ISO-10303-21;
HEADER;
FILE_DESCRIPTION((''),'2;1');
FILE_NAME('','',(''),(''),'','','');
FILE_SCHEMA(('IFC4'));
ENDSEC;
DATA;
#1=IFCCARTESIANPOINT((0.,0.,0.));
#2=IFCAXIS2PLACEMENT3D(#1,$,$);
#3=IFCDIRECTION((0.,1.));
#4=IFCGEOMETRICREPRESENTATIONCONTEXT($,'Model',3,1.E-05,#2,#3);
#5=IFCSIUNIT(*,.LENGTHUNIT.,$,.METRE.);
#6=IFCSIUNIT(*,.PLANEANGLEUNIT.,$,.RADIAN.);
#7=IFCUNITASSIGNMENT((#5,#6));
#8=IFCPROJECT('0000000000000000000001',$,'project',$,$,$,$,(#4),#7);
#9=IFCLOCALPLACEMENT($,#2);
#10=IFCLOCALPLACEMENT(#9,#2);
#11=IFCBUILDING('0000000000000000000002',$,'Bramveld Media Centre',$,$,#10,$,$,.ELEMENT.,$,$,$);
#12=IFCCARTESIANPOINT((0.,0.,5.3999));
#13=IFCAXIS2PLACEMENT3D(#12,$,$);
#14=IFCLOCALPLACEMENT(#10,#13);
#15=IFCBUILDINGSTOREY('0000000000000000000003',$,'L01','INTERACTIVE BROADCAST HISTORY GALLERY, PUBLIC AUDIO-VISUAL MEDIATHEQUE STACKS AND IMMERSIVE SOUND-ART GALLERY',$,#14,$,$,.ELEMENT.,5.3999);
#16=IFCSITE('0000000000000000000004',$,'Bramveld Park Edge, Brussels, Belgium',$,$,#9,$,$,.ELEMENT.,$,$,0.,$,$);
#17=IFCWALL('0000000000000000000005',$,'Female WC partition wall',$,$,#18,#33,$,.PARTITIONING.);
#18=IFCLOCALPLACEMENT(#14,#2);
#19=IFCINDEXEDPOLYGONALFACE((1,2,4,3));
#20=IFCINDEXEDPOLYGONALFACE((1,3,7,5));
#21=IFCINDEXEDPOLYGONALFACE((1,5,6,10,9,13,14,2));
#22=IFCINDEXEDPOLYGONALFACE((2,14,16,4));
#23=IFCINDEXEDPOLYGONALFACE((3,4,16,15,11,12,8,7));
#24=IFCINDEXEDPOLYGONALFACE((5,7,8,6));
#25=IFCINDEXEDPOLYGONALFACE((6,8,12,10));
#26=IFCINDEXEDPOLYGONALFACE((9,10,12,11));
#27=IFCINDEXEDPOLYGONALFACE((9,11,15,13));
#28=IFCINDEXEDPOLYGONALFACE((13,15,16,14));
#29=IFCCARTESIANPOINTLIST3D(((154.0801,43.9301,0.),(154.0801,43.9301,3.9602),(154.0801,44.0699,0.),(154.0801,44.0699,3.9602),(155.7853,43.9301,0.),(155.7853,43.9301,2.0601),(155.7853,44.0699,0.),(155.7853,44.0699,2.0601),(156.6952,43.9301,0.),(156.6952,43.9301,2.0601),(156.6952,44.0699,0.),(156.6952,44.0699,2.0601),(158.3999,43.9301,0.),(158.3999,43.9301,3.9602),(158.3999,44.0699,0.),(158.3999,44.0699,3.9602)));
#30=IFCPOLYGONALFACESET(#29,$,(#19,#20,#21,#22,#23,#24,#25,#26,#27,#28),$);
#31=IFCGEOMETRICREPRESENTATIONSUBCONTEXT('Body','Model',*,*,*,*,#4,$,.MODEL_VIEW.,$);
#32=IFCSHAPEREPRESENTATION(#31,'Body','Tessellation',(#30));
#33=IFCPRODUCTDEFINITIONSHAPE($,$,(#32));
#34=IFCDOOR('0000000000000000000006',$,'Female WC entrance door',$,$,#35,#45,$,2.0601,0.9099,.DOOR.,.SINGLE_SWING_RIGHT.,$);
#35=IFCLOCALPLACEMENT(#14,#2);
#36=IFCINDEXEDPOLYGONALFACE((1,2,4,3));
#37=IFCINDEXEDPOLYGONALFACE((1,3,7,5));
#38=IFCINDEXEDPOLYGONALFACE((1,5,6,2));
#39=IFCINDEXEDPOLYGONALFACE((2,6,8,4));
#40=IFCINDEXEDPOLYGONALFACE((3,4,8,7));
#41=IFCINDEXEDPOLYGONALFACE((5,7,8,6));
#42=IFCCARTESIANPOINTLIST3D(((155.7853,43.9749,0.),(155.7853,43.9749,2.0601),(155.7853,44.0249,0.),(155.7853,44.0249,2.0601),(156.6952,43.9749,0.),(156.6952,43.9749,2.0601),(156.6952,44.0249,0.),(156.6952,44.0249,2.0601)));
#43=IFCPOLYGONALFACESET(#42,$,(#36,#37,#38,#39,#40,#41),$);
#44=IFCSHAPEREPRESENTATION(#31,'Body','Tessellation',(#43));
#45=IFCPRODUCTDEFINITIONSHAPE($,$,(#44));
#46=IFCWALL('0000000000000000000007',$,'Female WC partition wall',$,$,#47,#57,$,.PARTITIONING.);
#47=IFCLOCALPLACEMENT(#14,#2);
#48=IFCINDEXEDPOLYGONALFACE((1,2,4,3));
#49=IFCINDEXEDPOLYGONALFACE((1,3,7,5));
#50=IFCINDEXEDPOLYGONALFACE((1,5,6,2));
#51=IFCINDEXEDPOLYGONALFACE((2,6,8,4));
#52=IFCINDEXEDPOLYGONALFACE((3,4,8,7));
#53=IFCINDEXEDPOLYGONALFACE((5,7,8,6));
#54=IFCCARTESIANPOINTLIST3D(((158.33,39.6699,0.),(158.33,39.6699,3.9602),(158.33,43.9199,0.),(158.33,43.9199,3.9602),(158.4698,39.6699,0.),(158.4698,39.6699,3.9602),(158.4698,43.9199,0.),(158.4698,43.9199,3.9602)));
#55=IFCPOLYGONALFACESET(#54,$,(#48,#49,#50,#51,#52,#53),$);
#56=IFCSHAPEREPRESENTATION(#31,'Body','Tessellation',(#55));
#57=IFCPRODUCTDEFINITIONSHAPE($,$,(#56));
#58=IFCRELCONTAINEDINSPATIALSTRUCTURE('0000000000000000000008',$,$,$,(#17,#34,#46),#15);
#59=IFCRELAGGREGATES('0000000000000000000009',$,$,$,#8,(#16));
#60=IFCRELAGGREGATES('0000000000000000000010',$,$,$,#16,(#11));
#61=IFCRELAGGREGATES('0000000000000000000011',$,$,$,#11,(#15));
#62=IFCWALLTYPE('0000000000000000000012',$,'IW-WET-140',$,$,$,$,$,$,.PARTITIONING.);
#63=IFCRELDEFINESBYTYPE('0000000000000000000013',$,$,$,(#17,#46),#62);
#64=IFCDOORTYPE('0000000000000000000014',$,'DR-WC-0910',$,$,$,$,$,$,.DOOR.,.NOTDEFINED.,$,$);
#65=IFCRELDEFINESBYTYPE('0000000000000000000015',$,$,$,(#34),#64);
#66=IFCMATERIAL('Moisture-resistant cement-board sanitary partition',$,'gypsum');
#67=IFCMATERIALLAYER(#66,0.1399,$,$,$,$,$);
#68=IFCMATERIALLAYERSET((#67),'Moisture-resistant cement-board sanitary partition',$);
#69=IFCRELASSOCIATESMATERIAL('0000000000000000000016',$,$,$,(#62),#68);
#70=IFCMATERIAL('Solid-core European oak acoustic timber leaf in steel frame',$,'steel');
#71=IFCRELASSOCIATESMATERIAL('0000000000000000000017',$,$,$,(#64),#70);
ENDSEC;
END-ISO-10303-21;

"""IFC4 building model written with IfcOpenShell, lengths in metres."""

from ifc_helpers import new_model, si_unit, direction, frame, frame_2d, origin, place, context, subcontext, project, spatial, rectangle, extrude, material, layer, layer_set, type_object, element, fill, save


model = new_model("IFC4")

# Units and contexts
model_context = context("Model", 3, precision=1e-05, world=origin(), true_north=direction((0.0, 1.0)))
body_context = subcontext(model_context, "Body", "Model", "MODEL_VIEW")
ifc_project = project(units=[si_unit("LENGTHUNIT", "METRE"), si_unit("PLANEANGLEUNIT", "RADIAN")], contexts=[model_context])

# Site, building, storey
site_placement = place(None, origin())
site = spatial("IfcSite", under=ifc_project, at=site_placement, Name="Bramveld Park Edge, Brussels, Belgium", CompositionType="ELEMENT", RefElevation=0.0)
building_placement = place(site_placement, origin())
building = spatial("IfcBuilding", under=site, at=building_placement, Name="Bramveld Media Centre", CompositionType="ELEMENT")
storey_placement = place(building_placement, frame((0.0, 0.0, 5.3999)))
storey = spatial("IfcBuildingStorey", under=building, at=storey_placement, Name="L01", Description="INTERACTIVE BROADCAST HISTORY GALLERY, PUBLIC AUDIO-VISUAL MEDIATHEQUE STACKS AND IMMERSIVE SOUND-ART GALLERY", CompositionType="ELEMENT", Elevation=5.3999)

# Shared definitions
ifc_material_1 = material(Name="Moisture-resistant cement-board sanitary partition", Category="gypsum")
ifc_layer_1 = layer(ifc_material_1, 0.1399)
ifc_layer_set_1 = layer_set([ifc_layer_1], Name="Moisture-resistant cement-board sanitary partition")
wall_type_1 = type_object("IfcWallType", Name="IW-WET-140", PredefinedType="PARTITIONING", material=ifc_layer_set_1)

# Wall, opening, door
wall_1_placement = place(storey_placement, frame((154.0801, 44.0, 0.0), z_axis=(0.0, 0.0, 1.0), x_axis=(1.0, 0.0, 0.0)))
wall_1 = element("IfcWall", 1, at=wall_1_placement, inside=storey, type_object=wall_type_1, Name="Female WC partition wall", PredefinedType="PARTITIONING", context=body_context, shape_type="SweptSolid", body=[
    extrude(rectangle(XDim=4.3198, YDim=0.1399, at=frame_2d((2.1599, 0.0))), origin(), (0.0, 0.0, 1.0), 3.9602),
])
opening_1_placement = place(wall_1_placement, frame((1.7051, 0.0, 0.0)))
opening_1 = element("IfcOpeningElement", 2, at=opening_1_placement, cuts=wall_1, PredefinedType="OPENING", context=body_context, shape_type="SweptSolid", body=[
    extrude(rectangle(XDim=0.9099, YDim=2.0601, at=frame_2d((0.4551, 1.03))), frame((0.0, 0.082, 0.0), z_axis=(0.0, -1.0, 0.0), x_axis=(1.0, 0.0, 0.0)), (0.0, 0.0, 1.0), 0.1638),
])
ifc_material_2 = material(Name="Solid-core European oak acoustic timber leaf in steel frame", Category="steel")
door_type_1 = type_object("IfcDoorType", Name="DR-WC-0910", OperationType="NOTDEFINED", PredefinedType="DOOR", material=ifc_material_2)
door_1_placement = place(opening_1_placement, origin())
door_1 = element("IfcDoor", 3, at=door_1_placement, inside=storey, type_object=door_type_1, Name="Female WC entrance door", OperationType="SINGLE_SWING_RIGHT", OverallHeight=2.0601, OverallWidth=0.9099, PredefinedType="DOOR", context=body_context, shape_type="SweptSolid", body=[
    extrude(rectangle(XDim=0.9099, YDim=2.0601, at=frame_2d((0.4551, 1.03))), frame((0.0, 0.0249, 0.0), z_axis=(0.0, -1.0, 0.0), x_axis=(1.0, 0.0, 0.0)), (0.0, 0.0, 1.0), 0.05),
])
fill(opening_1, door_1)

# Wall
wall_2_placement = place(storey_placement, frame((158.3999, 39.6699, 0.0), z_axis=(0.0, 0.0, 1.0), x_axis=(0.0, 1.0, 0.0)))
element("IfcWall", 4, at=wall_2_placement, inside=storey, type_object=wall_type_1, Name="Female WC partition wall", PredefinedType="PARTITIONING", context=body_context, shape_type="SweptSolid", body=[
    extrude(rectangle(XDim=4.25, YDim=0.1399, at=frame_2d((2.125, 0.0))), origin(), (0.0, 0.0, 1.0), 3.9602),
])

save(model, "model.ifc")
